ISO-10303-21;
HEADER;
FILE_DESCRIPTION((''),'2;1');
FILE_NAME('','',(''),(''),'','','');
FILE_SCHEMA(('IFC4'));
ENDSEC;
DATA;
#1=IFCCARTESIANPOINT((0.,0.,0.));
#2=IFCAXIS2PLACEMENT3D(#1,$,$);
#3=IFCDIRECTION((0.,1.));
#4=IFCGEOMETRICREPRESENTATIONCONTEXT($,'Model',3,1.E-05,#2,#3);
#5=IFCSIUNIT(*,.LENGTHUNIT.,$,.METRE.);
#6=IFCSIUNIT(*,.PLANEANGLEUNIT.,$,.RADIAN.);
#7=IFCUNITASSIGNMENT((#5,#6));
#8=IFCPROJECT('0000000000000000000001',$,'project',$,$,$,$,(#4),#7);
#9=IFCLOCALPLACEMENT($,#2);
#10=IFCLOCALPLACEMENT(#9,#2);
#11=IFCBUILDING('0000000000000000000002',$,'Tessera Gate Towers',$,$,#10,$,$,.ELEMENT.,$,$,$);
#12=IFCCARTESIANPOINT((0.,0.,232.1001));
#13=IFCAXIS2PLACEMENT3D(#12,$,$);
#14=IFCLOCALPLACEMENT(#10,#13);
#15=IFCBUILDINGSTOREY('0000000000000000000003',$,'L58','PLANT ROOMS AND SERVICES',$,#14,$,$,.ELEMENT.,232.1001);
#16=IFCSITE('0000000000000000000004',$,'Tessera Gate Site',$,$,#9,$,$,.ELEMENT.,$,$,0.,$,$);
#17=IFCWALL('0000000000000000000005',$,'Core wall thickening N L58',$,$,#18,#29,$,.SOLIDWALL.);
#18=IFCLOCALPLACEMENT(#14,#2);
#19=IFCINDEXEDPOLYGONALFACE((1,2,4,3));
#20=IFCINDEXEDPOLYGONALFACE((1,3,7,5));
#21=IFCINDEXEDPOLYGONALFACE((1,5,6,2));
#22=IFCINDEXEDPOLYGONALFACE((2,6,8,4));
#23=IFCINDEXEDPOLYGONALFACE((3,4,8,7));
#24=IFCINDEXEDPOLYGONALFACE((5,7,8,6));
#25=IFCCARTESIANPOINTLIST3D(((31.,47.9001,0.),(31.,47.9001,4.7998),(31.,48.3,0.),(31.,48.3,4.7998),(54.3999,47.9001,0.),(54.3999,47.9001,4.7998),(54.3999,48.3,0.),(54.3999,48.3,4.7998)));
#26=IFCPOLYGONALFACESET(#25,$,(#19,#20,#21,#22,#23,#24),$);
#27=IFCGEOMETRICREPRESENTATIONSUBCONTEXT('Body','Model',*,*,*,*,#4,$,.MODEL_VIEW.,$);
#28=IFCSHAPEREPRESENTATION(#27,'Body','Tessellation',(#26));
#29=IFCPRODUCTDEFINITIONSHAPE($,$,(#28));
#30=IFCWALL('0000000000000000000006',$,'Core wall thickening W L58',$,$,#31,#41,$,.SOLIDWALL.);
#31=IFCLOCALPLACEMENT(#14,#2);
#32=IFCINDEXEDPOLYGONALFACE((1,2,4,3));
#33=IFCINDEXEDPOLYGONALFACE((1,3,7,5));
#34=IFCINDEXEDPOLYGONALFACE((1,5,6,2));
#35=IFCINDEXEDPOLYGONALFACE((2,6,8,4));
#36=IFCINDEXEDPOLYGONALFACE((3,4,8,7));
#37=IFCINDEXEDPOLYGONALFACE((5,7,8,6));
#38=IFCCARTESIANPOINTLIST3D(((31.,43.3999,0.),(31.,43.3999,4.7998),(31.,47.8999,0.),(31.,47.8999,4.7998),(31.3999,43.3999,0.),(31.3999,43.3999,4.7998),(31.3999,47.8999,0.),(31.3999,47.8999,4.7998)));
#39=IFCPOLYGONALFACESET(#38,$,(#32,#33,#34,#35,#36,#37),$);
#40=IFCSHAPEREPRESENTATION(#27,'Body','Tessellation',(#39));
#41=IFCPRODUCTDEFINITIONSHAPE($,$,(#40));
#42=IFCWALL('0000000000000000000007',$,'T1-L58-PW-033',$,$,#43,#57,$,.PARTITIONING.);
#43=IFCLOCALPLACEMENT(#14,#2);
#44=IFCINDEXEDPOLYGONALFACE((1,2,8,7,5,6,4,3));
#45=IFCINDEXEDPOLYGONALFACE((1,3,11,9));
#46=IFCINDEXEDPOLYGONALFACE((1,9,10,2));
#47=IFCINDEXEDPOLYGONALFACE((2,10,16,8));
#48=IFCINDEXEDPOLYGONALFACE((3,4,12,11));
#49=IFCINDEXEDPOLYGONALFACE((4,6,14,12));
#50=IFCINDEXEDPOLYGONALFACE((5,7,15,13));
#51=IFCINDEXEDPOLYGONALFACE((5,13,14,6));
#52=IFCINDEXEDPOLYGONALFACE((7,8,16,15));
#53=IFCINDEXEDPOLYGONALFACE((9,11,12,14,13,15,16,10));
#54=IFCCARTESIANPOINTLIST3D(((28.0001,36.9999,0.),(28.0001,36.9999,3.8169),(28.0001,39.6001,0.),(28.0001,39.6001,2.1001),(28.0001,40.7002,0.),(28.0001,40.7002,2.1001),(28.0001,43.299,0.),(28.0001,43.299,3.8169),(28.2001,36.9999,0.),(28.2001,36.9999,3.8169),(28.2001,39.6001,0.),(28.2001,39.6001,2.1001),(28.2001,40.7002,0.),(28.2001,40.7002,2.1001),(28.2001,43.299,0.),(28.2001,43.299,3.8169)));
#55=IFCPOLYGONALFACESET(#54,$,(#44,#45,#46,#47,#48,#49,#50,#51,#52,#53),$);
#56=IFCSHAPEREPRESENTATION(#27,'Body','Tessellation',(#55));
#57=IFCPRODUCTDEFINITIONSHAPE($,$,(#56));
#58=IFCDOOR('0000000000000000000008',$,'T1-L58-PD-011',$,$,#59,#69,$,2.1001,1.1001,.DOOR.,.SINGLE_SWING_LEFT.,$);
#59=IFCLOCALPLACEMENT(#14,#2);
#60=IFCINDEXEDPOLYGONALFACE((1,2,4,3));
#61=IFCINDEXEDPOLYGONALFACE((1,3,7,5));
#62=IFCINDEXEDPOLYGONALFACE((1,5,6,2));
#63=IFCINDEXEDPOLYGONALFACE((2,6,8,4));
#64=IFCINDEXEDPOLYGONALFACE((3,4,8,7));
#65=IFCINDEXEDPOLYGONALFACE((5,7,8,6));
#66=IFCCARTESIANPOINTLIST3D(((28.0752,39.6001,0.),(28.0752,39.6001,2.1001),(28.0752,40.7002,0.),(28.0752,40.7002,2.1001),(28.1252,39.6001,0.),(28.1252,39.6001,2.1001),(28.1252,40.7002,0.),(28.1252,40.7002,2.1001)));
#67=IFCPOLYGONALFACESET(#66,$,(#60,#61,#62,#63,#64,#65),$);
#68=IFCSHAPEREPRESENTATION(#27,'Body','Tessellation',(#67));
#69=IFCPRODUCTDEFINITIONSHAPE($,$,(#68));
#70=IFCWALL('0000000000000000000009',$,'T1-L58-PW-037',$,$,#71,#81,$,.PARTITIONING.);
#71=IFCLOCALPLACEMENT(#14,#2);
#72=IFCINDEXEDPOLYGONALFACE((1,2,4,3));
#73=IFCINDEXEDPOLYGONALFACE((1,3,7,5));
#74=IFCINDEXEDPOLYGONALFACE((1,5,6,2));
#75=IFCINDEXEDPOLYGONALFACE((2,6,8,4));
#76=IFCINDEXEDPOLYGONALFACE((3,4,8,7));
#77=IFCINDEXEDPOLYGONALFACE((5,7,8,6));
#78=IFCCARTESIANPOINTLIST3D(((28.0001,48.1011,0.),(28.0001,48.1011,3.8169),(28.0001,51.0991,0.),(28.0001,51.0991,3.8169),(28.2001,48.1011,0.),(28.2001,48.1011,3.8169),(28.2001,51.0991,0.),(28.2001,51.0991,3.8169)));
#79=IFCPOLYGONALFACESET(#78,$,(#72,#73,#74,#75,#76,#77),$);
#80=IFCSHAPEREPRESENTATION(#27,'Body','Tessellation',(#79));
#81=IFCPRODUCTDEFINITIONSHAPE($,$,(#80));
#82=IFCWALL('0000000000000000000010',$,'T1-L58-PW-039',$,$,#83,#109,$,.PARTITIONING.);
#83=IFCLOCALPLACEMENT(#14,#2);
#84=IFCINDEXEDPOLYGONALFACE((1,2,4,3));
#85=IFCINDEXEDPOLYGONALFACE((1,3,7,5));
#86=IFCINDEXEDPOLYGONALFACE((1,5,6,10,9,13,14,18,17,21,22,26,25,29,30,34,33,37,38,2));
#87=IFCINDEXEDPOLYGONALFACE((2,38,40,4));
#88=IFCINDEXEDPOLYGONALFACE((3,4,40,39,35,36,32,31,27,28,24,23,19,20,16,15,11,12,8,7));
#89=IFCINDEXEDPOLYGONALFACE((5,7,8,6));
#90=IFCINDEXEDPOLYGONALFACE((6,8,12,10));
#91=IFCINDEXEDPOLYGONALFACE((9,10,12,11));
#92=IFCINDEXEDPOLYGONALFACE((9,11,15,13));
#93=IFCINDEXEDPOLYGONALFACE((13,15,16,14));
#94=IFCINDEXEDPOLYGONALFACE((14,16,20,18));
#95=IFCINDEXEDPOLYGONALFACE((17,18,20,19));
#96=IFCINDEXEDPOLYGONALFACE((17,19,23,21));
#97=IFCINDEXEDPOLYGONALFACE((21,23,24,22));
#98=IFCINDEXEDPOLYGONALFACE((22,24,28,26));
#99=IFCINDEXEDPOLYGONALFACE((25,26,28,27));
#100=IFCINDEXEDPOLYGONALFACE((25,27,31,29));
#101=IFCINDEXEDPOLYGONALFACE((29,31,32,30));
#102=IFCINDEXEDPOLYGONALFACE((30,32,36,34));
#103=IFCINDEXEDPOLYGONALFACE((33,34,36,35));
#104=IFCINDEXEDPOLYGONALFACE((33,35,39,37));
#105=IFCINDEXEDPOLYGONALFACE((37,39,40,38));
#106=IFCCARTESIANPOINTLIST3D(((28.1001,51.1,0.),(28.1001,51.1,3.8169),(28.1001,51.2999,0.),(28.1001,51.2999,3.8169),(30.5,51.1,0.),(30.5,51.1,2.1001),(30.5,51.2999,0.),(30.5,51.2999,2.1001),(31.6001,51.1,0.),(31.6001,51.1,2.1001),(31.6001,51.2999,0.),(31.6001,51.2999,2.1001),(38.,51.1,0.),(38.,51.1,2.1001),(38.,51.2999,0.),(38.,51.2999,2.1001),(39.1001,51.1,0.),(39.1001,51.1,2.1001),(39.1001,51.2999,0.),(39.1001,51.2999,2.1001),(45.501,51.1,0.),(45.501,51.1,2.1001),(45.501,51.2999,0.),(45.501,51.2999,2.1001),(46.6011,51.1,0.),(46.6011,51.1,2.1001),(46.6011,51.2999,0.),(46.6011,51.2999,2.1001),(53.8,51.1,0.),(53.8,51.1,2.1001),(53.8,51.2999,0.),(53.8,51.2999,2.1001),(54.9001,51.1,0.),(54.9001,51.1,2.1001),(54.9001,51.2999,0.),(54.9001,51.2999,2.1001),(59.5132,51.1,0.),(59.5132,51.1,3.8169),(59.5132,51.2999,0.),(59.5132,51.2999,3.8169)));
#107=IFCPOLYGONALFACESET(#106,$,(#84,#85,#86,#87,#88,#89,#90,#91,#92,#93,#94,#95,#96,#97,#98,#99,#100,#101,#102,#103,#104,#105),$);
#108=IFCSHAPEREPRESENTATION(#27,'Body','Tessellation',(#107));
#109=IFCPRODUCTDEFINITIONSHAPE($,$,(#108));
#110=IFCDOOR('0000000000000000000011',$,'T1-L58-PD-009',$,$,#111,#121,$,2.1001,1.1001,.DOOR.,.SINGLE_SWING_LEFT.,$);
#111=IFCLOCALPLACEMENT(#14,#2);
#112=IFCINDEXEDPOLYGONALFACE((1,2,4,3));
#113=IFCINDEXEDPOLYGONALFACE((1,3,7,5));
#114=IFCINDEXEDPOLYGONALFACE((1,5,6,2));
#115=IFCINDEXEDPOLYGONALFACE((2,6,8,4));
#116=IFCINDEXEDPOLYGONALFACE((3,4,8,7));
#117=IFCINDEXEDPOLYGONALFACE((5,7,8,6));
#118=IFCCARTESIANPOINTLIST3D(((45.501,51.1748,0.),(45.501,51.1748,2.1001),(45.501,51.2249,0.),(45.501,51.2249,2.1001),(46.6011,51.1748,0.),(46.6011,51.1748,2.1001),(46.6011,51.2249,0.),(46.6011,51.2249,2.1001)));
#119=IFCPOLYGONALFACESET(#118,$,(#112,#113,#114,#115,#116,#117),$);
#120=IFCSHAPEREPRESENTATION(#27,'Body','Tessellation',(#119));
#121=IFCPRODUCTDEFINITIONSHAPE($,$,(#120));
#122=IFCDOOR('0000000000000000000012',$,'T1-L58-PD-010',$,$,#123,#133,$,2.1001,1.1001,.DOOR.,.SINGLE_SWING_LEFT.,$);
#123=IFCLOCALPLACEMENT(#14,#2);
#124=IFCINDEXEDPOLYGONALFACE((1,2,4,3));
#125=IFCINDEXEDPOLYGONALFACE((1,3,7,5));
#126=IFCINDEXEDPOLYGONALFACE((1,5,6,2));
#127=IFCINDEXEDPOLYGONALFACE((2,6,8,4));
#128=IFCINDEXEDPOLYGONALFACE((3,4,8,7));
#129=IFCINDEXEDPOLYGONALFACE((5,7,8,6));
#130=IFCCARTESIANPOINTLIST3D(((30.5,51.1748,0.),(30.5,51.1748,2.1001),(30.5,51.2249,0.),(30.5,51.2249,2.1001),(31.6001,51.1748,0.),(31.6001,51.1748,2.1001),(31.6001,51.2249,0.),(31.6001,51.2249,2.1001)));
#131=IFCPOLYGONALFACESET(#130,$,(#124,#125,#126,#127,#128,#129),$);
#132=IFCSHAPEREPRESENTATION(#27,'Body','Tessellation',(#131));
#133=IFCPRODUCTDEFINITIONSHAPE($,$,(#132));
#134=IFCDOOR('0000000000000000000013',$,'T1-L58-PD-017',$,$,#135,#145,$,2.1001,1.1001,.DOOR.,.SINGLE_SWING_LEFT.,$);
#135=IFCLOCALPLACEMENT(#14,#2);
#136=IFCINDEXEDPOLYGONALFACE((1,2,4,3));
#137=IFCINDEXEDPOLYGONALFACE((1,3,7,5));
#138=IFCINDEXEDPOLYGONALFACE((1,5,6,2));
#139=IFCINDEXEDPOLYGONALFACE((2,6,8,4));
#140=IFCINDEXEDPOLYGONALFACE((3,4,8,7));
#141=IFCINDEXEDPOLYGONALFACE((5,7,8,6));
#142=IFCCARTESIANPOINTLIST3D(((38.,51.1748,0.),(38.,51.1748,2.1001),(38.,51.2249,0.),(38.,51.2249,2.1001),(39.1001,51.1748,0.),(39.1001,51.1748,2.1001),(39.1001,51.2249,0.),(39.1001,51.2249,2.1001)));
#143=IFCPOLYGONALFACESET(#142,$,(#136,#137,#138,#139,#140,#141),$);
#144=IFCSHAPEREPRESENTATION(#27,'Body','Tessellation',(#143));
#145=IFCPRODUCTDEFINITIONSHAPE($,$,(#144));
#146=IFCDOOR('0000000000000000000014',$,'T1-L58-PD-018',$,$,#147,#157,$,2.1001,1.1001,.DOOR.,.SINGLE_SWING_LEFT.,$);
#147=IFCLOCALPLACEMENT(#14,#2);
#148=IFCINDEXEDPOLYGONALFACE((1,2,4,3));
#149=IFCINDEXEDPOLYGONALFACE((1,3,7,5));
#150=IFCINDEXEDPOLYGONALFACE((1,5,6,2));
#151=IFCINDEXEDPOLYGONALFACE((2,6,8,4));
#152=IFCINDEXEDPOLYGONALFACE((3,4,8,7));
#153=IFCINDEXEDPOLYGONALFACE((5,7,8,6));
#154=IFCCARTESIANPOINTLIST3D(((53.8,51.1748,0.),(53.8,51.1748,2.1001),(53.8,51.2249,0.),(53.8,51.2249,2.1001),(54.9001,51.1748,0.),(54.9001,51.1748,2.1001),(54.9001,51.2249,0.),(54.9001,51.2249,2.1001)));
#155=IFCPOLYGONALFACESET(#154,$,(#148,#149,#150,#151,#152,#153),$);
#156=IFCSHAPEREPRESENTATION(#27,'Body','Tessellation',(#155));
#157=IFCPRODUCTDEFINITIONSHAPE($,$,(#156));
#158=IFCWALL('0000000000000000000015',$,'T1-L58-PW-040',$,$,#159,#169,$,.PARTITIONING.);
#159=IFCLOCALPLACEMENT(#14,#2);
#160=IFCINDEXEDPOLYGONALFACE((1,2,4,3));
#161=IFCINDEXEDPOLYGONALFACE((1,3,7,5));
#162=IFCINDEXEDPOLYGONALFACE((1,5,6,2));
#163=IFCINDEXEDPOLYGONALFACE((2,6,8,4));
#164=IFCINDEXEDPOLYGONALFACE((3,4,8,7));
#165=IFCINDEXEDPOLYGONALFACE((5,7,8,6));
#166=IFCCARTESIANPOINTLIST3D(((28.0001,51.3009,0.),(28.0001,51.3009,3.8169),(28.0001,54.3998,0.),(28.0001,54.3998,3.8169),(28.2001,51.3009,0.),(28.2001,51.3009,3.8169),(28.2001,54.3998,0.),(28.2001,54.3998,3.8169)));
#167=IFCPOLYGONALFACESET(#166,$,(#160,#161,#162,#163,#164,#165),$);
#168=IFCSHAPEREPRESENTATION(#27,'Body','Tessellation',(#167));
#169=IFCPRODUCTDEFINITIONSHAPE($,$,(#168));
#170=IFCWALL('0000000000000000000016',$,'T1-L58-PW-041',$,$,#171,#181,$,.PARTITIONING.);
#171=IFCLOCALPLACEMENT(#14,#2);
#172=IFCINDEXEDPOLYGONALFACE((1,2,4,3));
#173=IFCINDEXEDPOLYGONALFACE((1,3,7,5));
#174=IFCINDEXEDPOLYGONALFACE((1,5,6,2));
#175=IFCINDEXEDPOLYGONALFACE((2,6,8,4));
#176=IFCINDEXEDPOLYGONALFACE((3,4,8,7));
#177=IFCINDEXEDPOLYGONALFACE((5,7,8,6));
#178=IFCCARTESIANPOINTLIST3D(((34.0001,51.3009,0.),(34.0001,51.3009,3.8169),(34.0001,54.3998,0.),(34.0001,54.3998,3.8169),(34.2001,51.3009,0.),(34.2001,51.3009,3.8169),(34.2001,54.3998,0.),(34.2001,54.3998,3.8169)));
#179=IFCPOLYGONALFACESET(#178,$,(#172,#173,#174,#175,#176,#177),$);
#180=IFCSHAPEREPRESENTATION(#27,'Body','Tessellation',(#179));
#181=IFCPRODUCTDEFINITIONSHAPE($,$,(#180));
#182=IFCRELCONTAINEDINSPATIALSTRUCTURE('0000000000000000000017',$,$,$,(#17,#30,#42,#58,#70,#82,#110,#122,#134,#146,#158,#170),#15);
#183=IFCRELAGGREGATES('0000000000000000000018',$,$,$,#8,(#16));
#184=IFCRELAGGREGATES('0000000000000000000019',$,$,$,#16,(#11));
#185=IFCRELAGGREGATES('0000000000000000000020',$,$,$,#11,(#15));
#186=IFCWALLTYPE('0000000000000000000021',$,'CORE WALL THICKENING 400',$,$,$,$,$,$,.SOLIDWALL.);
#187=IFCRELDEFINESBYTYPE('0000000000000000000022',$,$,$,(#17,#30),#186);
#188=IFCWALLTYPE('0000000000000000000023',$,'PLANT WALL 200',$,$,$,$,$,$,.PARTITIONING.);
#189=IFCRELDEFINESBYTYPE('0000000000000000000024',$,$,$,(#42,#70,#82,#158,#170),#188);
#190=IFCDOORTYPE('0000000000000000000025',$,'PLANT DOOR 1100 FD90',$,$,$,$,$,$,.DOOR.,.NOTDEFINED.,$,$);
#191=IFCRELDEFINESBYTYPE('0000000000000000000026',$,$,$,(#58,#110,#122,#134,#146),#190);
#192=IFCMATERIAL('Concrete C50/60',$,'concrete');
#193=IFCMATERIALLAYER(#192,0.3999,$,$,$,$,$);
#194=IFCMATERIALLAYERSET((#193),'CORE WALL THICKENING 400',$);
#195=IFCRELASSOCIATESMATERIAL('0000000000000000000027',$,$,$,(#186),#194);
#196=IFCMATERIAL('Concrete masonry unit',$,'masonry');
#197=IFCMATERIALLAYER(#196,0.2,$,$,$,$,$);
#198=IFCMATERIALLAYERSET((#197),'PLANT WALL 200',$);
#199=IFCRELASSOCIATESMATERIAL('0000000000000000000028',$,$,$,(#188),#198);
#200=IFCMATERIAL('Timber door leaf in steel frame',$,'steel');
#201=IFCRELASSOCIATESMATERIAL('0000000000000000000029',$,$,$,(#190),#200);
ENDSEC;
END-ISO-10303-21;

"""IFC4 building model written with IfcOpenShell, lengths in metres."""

from ifc_helpers import new_model, si_unit, direction, frame, frame_2d, origin, place, context, subcontext, project, spatial, rectangle, extrude, source, transform, mapped, material, layer, layer_set, type_object, element, fill, save


model = new_model("IFC4")

# Units and contexts
model_context = context("Model", 3, precision=1e-05, world=origin(), true_north=direction((0.0, 1.0)))
body_context = subcontext(model_context, "Body", "Model", "MODEL_VIEW")
ifc_project = project(units=[si_unit("LENGTHUNIT", "METRE"), si_unit("PLANEANGLEUNIT", "RADIAN")], contexts=[model_context])

# Site, building, storey
site_placement = place(None, origin())
site = spatial("IfcSite", under=ifc_project, at=site_placement, Name="Tessera Gate Site", CompositionType="ELEMENT", RefElevation=0.0)
building_placement = place(site_placement, origin())
building = spatial("IfcBuilding", under=site, at=building_placement, Name="Tessera Gate Towers", CompositionType="ELEMENT")
storey_placement = place(building_placement, frame((0.0, 0.0, 232.1001)))
storey = spatial("IfcBuildingStorey", under=building, at=storey_placement, Name="L58", Description="PLANT ROOMS AND SERVICES", CompositionType="ELEMENT", Elevation=232.1001)

# Walls
ifc_material_1 = material(Name="Concrete C50/60", Category="concrete")
ifc_layer_1 = layer(ifc_material_1, 0.3999)
ifc_layer_set_1 = layer_set([ifc_layer_1], Name="CORE WALL THICKENING 400")
wall_type_1 = type_object("IfcWallType", Name="CORE WALL THICKENING 400", PredefinedType="SOLIDWALL", material=ifc_layer_set_1)
wall_1_placement = place(storey_placement, frame((31.0, 48.1001, 0.0), z_axis=(0.0, 0.0, 1.0), x_axis=(1.0, 0.0, 0.0)))
element("IfcWall", 1, at=wall_1_placement, inside=storey, type_object=wall_type_1, Name="Core wall thickening N L58", PredefinedType="SOLIDWALL", context=body_context, shape_type="SweptSolid", body=[
    extrude(rectangle(XDim=23.3999, YDim=0.3999, at=frame_2d((11.7, 0.0))), origin(), (0.0, 0.0, 1.0), 4.7998),
])
wall_2_placement = place(storey_placement, frame((31.2, 43.3999, 0.0), z_axis=(0.0, 0.0, 1.0), x_axis=(0.0, 1.0, 0.0)))
element("IfcWall", 2, at=wall_2_placement, inside=storey, type_object=wall_type_1, Name="Core wall thickening W L58", PredefinedType="SOLIDWALL", context=body_context, shape_type="SweptSolid", body=[
    extrude(rectangle(XDim=4.5, YDim=0.3999, at=frame_2d((2.25, 0.0))), origin(), (0.0, 0.0, 1.0), 4.7998),
])

# Wall, opening, door
ifc_material_2 = material(Name="Concrete masonry unit", Category="masonry")
ifc_layer_2 = layer(ifc_material_2, 0.2)
ifc_layer_set_2 = layer_set([ifc_layer_2], Name="PLANT WALL 200")
wall_type_2 = type_object("IfcWallType", Name="PLANT WALL 200", PredefinedType="PARTITIONING", material=ifc_layer_set_2)
wall_3_placement = place(storey_placement, frame((28.1001, 37.0, 0.0), z_axis=(0.0, 0.0, 1.0), x_axis=(0.0, 1.0, 0.0)))
wall_3 = element("IfcWall", 3, at=wall_3_placement, inside=storey, type_object=wall_type_2, Name="T1-L58-PW-033", PredefinedType="PARTITIONING", context=body_context, shape_type="SweptSolid", body=[
    extrude(rectangle(XDim=6.2991, YDim=0.2, at=frame_2d((3.1494, 0.0))), origin(), (0.0, 0.0, 1.0), 3.8169),
])
shared_shape_1 = source(origin(), body_context, "Body", "SweptSolid", [
    extrude(rectangle(XDim=1.1001, YDim=2.1001, at=frame_2d((0.55, 1.05))), frame((0.0, 0.1099, 0.0), z_axis=(0.0, -1.0, 0.0), x_axis=(1.0, 0.0, 0.0)), (0.0, 0.0, 1.0), 0.22),
])
opening_1_placement = place(wall_3_placement, frame((2.6001, 0.0, 0.0)))
opening_1 = element("IfcOpeningElement", 4, at=opening_1_placement, cuts=wall_3, PredefinedType="OPENING", context=body_context, shape_type="MappedRepresentation", body=[
    mapped(shared_shape_1, transform((0.0, 0.0, 0.0), scale=1.0)),
])
ifc_material_3 = material(Name="Timber door leaf in steel frame", Category="steel")
door_type = type_object("IfcDoorType", Name="PLANT DOOR 1100 FD90", OperationType="NOTDEFINED", PredefinedType="DOOR", material=ifc_material_3)
shared_shape_2 = source(origin(), body_context, "Body", "SweptSolid", [
    extrude(rectangle(XDim=1.1001, YDim=2.1001, at=frame_2d((0.55, 1.05))), frame((0.0, 0.0249, 0.0), z_axis=(0.0, -1.0, 0.0), x_axis=(1.0, 0.0, 0.0)), (0.0, 0.0, 1.0), 0.05),
])
door_1_placement = place(opening_1_placement, origin())
door_1 = element("IfcDoor", 5, at=door_1_placement, inside=storey, type_object=door_type, Name="T1-L58-PD-011", OperationType="SINGLE_SWING_LEFT", OverallHeight=2.1001, OverallWidth=1.1001, PredefinedType="DOOR", context=body_context, shape_type="MappedRepresentation", body=[
    mapped(shared_shape_2, transform((0.0, 0.0, 0.0), scale=1.0)),
])
fill(opening_1, door_1)

# Wall
wall_4_placement = place(storey_placement, frame((28.1001, 48.1011, 0.0), z_axis=(0.0, 0.0, 1.0), x_axis=(0.0, 1.0, 0.0)))
element("IfcWall", 6, at=wall_4_placement, inside=storey, type_object=wall_type_2, Name="T1-L58-PW-037", PredefinedType="PARTITIONING", context=body_context, shape_type="SweptSolid", body=[
    extrude(rectangle(XDim=2.998, YDim=0.2, at=frame_2d((1.499, 0.0))), origin(), (0.0, 0.0, 1.0), 3.8169),
])

# Wall, openings, doors
wall_5_placement = place(storey_placement, frame((28.1001, 51.2, 0.0), z_axis=(0.0, 0.0, 1.0), x_axis=(1.0, 0.0, 0.0)))
wall_5 = element("IfcWall", 7, at=wall_5_placement, inside=storey, type_object=wall_type_2, Name="T1-L58-PW-039", PredefinedType="PARTITIONING", context=body_context, shape_type="SweptSolid", body=[
    extrude(rectangle(XDim=31.4131, YDim=0.2, at=frame_2d((15.7065, 0.0))), origin(), (0.0, 0.0, 1.0), 3.8169),
])
opening_2_placement = place(wall_5_placement, frame((17.4009, 0.0, 0.0)))
opening_2 = element("IfcOpeningElement", 8, at=opening_2_placement, cuts=wall_5, PredefinedType="OPENING", context=body_context, shape_type="MappedRepresentation", body=[
    mapped(shared_shape_1, transform((0.0, 0.0, 0.0), scale=1.0)),
])
opening_3_placement = place(wall_5_placement, frame((2.3999, 0.0, 0.0)))
opening_3 = element("IfcOpeningElement", 9, at=opening_3_placement, cuts=wall_5, PredefinedType="OPENING", context=body_context, shape_type="MappedRepresentation", body=[
    mapped(shared_shape_1, transform((0.0, 0.0, 0.0), scale=1.0)),
])
opening_4_placement = place(wall_5_placement, frame((9.8999, 0.0, 0.0)))
opening_4 = element("IfcOpeningElement", 10, at=opening_4_placement, cuts=wall_5, PredefinedType="OPENING", context=body_context, shape_type="MappedRepresentation", body=[
    mapped(shared_shape_1, transform((0.0, 0.0, 0.0), scale=1.0)),
])
opening_5_placement = place(wall_5_placement, frame((25.7, 0.0, 0.0)))
opening_5 = element("IfcOpeningElement", 11, at=opening_5_placement, cuts=wall_5, PredefinedType="OPENING", context=body_context, shape_type="MappedRepresentation", body=[
    mapped(shared_shape_1, transform((0.0, 0.0, 0.0), scale=1.0)),
])
door_2_placement = place(opening_2_placement, origin())
door_2 = element("IfcDoor", 12, at=door_2_placement, inside=storey, type_object=door_type, Name="T1-L58-PD-009", OperationType="SINGLE_SWING_LEFT", OverallHeight=2.1001, OverallWidth=1.1001, PredefinedType="DOOR", context=body_context, shape_type="MappedRepresentation", body=[
    mapped(shared_shape_2, transform((0.0, 0.0, 0.0), scale=1.0)),
])
fill(opening_2, door_2)
door_3_placement = place(opening_3_placement, origin())
door_3 = element("IfcDoor", 13, at=door_3_placement, inside=storey, type_object=door_type, Name="T1-L58-PD-010", OperationType="SINGLE_SWING_LEFT", OverallHeight=2.1001, OverallWidth=1.1001, PredefinedType="DOOR", context=body_context, shape_type="MappedRepresentation", body=[
    mapped(shared_shape_2, transform((0.0, 0.0, 0.0), scale=1.0)),
])
fill(opening_3, door_3)
door_4_placement = place(opening_4_placement, origin())
door_4 = element("IfcDoor", 14, at=door_4_placement, inside=storey, type_object=door_type, Name="T1-L58-PD-017", OperationType="SINGLE_SWING_LEFT", OverallHeight=2.1001, OverallWidth=1.1001, PredefinedType="DOOR", context=body_context, shape_type="MappedRepresentation", body=[
    mapped(shared_shape_2, transform((0.0, 0.0, 0.0), scale=1.0)),
])
fill(opening_4, door_4)
door_5_placement = place(opening_5_placement, origin())
door_5 = element("IfcDoor", 15, at=door_5_placement, inside=storey, type_object=door_type, Name="T1-L58-PD-018", OperationType="SINGLE_SWING_LEFT", OverallHeight=2.1001, OverallWidth=1.1001, PredefinedType="DOOR", context=body_context, shape_type="MappedRepresentation", body=[
    mapped(shared_shape_2, transform((0.0, 0.0, 0.0), scale=1.0)),
])
fill(opening_5, door_5)

# Walls
for number, where, z_axis, x_axis, name in (
    (16, (28.1001, 51.301, 0.0), (0.0, 0.0, 1.0), (0.0, 1.0, 0.0), "T1-L58-PW-040"),
    (17, (34.1001, 51.301, 0.0), (0.0, 0.0, 1.0), (0.0, 1.0, 0.0), "T1-L58-PW-041"),
):
    element("IfcWall", number, at=place(storey_placement, frame(where, z_axis=z_axis, x_axis=x_axis)), inside=storey, type_object=wall_type_2, Name=name, PredefinedType="PARTITIONING", context=body_context, shape_type="SweptSolid", body=[
        extrude(rectangle(XDim=3.0989, YDim=0.2, at=frame_2d((1.5493, 0.0))), origin(), (0.0, 0.0, 1.0), 3.8169),
    ])

save(model, "model.ifc")
